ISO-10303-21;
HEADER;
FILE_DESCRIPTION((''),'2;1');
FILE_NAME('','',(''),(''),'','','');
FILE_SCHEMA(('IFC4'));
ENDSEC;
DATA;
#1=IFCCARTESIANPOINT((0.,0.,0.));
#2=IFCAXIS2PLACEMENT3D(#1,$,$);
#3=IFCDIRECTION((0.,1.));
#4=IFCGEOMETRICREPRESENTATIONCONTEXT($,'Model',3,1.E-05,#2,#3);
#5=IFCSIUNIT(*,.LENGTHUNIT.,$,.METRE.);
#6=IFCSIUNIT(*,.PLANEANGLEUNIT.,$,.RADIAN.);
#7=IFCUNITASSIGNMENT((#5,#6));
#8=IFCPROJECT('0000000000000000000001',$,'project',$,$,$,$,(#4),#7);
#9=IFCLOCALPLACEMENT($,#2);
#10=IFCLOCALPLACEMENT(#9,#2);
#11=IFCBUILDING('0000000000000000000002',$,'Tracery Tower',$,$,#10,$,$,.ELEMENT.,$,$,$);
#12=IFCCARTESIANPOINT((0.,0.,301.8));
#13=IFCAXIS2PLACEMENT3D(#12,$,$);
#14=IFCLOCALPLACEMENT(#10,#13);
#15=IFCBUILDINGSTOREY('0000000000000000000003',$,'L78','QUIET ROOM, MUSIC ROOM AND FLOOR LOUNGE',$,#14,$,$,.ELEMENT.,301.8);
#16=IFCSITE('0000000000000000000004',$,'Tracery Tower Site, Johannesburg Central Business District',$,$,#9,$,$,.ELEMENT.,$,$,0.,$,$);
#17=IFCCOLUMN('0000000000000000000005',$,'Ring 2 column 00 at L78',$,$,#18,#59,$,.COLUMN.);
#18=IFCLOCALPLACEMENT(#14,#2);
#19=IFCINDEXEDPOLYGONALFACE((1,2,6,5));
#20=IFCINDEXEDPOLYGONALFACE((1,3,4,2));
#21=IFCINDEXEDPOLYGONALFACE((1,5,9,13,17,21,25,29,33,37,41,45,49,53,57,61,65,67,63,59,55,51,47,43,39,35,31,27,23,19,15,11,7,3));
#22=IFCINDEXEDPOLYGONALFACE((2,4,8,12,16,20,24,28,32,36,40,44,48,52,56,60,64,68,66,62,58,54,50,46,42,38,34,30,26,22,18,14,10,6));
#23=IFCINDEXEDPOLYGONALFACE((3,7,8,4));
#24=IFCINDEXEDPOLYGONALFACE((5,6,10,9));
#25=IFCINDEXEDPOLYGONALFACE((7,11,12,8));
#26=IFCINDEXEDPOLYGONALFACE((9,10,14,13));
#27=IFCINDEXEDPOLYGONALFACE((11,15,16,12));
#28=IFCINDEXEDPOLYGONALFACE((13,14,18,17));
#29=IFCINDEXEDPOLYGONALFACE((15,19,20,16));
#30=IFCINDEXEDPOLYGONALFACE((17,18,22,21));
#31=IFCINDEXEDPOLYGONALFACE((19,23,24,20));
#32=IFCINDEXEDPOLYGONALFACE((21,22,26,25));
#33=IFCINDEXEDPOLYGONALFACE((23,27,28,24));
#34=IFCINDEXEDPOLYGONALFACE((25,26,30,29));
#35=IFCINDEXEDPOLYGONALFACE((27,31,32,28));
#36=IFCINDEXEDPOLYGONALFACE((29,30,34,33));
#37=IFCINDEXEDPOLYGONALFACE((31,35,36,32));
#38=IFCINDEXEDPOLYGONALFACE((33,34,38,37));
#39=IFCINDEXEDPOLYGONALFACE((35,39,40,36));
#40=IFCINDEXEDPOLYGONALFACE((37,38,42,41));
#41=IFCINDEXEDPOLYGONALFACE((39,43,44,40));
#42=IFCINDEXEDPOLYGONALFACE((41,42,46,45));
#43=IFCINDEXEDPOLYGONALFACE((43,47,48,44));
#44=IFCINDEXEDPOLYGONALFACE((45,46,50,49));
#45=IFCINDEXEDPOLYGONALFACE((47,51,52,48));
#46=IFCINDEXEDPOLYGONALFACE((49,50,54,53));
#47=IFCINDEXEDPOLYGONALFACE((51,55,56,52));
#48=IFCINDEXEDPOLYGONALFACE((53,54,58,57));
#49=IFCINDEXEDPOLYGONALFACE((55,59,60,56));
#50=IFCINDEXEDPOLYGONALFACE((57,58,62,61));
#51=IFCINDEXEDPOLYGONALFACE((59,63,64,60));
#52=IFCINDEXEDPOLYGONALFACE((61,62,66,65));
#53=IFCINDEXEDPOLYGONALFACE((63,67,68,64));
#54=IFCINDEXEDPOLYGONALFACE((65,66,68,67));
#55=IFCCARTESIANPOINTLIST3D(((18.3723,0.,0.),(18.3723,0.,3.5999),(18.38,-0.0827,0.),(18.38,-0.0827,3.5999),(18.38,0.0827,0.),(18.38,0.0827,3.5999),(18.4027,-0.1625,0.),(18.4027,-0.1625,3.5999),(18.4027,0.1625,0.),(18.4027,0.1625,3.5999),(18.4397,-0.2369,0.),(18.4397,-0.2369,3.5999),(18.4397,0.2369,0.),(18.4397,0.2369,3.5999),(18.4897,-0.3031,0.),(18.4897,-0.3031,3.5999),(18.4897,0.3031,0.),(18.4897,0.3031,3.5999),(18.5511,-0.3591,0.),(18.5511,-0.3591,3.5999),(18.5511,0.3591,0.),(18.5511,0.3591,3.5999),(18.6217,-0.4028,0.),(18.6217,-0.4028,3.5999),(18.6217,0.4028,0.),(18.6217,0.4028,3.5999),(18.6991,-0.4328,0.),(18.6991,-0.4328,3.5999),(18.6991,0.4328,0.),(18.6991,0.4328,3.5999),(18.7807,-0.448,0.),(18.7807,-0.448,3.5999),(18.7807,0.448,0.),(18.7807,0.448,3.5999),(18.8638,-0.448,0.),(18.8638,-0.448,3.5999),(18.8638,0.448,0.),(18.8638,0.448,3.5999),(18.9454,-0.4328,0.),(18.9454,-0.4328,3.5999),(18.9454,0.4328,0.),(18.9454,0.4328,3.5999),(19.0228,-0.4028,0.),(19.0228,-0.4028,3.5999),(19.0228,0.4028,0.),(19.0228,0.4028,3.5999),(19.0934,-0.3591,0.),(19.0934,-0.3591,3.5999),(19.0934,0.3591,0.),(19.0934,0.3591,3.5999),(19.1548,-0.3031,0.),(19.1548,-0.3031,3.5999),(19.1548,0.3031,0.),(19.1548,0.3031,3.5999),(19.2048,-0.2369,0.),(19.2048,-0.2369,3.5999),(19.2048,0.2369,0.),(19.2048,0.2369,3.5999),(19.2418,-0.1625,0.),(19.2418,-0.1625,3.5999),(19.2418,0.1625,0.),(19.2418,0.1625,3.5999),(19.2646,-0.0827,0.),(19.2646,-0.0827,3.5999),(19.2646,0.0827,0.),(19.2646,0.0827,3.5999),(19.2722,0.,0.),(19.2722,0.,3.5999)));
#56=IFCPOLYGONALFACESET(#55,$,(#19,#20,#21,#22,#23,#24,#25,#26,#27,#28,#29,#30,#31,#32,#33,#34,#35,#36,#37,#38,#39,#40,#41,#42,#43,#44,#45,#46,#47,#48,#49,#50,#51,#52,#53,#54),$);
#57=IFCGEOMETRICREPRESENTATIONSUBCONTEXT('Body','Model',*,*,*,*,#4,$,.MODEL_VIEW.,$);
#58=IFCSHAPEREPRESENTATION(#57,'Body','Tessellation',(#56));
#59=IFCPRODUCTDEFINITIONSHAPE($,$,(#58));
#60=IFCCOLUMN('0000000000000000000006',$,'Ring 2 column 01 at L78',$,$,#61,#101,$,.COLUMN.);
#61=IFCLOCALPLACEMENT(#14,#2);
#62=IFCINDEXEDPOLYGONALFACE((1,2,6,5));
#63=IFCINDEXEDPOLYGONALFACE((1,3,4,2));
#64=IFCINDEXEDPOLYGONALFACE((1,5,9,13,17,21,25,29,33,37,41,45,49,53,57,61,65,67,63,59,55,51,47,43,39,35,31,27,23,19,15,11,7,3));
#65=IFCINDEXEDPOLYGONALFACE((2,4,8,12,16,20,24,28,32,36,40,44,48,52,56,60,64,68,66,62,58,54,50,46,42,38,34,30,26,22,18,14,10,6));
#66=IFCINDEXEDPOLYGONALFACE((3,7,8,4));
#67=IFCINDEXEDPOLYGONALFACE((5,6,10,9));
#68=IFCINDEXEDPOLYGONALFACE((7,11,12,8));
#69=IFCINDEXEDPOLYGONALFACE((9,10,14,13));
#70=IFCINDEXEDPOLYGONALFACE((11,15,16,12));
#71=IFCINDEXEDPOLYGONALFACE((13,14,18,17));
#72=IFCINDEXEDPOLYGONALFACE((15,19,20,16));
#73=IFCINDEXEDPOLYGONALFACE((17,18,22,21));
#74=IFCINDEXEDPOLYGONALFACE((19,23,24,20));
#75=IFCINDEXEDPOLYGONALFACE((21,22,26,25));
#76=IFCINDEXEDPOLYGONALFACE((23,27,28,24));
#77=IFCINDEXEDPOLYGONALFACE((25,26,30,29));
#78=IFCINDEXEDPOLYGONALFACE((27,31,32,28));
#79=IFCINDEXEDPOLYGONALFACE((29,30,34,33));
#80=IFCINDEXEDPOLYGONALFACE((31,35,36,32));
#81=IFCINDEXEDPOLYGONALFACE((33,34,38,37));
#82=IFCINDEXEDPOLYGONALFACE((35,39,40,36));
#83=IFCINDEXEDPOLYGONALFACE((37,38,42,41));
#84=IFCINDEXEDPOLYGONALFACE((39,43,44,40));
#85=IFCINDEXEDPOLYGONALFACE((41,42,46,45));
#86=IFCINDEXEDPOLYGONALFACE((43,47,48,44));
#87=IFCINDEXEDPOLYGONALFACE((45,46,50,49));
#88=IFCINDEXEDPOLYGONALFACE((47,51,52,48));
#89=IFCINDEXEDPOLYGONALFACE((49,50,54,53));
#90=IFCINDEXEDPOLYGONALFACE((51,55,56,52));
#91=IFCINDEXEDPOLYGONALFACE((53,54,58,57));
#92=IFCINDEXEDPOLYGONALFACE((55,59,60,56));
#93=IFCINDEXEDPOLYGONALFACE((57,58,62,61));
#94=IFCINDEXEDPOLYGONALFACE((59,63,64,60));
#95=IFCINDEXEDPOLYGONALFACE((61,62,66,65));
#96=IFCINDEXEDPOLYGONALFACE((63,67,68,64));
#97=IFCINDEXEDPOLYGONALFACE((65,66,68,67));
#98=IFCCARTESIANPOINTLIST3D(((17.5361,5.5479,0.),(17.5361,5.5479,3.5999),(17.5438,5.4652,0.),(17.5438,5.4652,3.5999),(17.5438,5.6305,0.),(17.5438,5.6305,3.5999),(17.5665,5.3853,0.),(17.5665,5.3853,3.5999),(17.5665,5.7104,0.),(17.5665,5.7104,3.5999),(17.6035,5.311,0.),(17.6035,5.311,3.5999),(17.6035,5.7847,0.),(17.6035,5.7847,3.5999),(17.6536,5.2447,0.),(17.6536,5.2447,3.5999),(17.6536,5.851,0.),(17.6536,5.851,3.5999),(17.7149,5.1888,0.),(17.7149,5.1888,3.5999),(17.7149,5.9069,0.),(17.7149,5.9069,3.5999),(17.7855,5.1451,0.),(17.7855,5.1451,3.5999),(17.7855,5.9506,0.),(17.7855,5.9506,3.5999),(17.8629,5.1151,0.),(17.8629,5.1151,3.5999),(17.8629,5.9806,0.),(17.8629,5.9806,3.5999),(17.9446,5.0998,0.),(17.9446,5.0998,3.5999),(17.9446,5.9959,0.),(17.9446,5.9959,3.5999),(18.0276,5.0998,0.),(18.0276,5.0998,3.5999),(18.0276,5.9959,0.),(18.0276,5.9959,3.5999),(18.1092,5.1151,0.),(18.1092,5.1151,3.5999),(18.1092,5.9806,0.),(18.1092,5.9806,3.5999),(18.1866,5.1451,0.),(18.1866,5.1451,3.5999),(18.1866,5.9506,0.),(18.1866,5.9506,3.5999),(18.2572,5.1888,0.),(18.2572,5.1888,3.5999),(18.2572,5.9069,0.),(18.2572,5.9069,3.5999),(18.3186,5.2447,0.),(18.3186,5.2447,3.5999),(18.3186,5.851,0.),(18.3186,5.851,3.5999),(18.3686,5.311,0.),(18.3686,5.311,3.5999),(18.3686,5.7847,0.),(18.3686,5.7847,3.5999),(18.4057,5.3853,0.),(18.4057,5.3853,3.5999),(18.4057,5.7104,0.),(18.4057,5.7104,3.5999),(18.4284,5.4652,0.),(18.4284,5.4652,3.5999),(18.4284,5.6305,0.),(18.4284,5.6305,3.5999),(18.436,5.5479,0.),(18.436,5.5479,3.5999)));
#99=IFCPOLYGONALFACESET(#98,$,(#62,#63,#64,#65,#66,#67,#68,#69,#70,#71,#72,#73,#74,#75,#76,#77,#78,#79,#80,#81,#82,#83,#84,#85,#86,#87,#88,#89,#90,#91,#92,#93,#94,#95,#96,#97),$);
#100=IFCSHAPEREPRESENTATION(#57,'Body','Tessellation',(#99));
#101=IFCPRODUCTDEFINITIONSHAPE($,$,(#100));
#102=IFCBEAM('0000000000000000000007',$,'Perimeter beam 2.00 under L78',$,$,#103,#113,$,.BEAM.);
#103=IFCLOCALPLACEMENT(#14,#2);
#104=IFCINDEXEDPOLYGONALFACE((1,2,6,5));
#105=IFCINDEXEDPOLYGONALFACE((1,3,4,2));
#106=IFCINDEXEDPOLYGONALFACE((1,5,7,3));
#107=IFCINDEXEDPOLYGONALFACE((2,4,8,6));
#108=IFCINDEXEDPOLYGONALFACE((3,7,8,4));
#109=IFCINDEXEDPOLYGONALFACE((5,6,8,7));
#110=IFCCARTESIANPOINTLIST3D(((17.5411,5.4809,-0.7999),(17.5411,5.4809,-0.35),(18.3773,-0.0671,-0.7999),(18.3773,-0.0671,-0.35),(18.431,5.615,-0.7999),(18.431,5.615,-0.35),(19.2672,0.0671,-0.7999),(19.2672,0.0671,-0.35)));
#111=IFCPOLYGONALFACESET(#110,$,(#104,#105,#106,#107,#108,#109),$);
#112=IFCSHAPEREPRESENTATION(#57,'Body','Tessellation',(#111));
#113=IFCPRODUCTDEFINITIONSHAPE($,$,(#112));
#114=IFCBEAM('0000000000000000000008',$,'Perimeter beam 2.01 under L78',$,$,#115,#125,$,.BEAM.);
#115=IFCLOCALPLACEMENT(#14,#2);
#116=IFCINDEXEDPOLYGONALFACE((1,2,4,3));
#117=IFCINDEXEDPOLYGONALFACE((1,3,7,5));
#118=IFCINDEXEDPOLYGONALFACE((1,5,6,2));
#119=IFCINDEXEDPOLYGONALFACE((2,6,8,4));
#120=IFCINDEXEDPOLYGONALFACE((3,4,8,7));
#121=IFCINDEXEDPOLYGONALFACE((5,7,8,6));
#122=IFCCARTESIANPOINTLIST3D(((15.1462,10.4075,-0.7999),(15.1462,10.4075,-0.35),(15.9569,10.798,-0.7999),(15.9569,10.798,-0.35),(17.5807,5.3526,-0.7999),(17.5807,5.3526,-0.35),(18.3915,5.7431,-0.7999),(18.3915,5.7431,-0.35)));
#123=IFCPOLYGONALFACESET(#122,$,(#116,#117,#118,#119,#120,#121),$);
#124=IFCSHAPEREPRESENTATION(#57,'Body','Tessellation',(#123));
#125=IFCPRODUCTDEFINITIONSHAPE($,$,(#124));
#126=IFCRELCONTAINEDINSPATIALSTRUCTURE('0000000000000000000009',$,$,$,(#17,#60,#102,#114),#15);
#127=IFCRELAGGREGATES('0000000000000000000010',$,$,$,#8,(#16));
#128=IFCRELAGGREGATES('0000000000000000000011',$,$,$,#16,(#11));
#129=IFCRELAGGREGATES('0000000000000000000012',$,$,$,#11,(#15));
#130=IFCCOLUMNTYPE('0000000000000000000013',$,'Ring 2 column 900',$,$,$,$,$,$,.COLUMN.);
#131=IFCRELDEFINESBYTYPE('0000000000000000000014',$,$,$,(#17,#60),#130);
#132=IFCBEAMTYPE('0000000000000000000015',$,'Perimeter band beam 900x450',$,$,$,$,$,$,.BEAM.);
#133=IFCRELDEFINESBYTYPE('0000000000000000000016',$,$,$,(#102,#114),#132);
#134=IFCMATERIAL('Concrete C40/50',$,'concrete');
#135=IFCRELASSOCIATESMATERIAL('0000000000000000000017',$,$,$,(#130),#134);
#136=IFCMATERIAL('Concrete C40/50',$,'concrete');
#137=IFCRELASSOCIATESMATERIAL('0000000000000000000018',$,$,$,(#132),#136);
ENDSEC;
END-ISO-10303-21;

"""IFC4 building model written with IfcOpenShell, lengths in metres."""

from ifc_helpers import new_model, si_unit, direction, frame, origin, origin_2d, place, context, subcontext, project, spatial, rectangle, circle, extrude, material, material_profile, profile_set, type_object, element, save


model = new_model("IFC4")

# Units and contexts
model_context = context("Model", 3, precision=1e-05, world=origin(), true_north=direction((0.0, 1.0)))
body_context = subcontext(model_context, "Body", "Model", "MODEL_VIEW")
ifc_project = project(units=[si_unit("LENGTHUNIT", "METRE"), si_unit("PLANEANGLEUNIT", "RADIAN")], contexts=[model_context])

# Site, building, storey
site_placement = place(None, origin())
site = spatial("IfcSite", under=ifc_project, at=site_placement, Name="Tracery Tower Site, Johannesburg Central Business District", CompositionType="ELEMENT", RefElevation=0.0)
building_placement = place(site_placement, origin())
building = spatial("IfcBuilding", under=site, at=building_placement, Name="Tracery Tower", CompositionType="ELEMENT")
storey_placement = place(building_placement, frame((0.0, 0.0, 301.8)))
storey = spatial("IfcBuildingStorey", under=building, at=storey_placement, Name="L78", Description="QUIET ROOM, MUSIC ROOM AND FLOOR LOUNGE", CompositionType="ELEMENT", Elevation=301.8)

# Columns
ifc_material_1 = material(Name="Concrete C40/50", Category="concrete")
ifc_material_profile_1 = material_profile(ifc_material_1, circle(Radius=0.45, at=origin_2d()), Name="RC D900")
ifc_profile_set_1 = profile_set([ifc_material_profile_1], Name="Concrete C40/50")
column_type = type_object("IfcColumnType", Name="Ring 2 column 900", PredefinedType="COLUMN", material=ifc_profile_set_1)
for number, where, z_axis, x_axis, name in (
    (1, (18.8223, 0.0, 0.0), (0.0, 0.0, 1.0), (1.0, 0.0, 0.0), "Ring 2 column 00 at L78"),
    (2, (17.9861, 5.5479, 0.0), (0.0, 0.0, 1.0), (1.0, 0.0, 0.0), "Ring 2 column 01 at L78"),
):
    element("IfcColumn", number, at=place(storey_placement, frame(where, z_axis=z_axis, x_axis=x_axis)), inside=storey, type_object=column_type, Name=name, PredefinedType="COLUMN", context=body_context, shape_type="SweptSolid", body=[
        extrude(circle(Radius=0.45, at=origin_2d()), origin(), (0.0, 0.0, 1.0), 3.5999),
    ])

# Beams
ifc_material_2 = material(Name="Concrete C40/50", Category="concrete")
ifc_material_profile_2 = material_profile(ifc_material_2, rectangle(XDim=0.8999, YDim=0.45, at=origin_2d()), Name="RC 900x450")
ifc_profile_set_2 = profile_set([ifc_material_profile_2], Name="Concrete C40/50")
beam_type = type_object("IfcBeamType", Name="Perimeter band beam 900x450", PredefinedType="BEAM", material=ifc_profile_set_2)
for number, where, z_axis, x_axis, name in (
    (3, (18.8223, 0.0, -0.575), (-0.149038, 0.988831, 0.0), (-0.988831, -0.149038, 0.0), "Perimeter beam 2.00 under L78"),
    (4, (17.9861, 5.5479, -0.575), (-0.433919, 0.900952, 0.0), (-0.900952, -0.433919, 0.0), "Perimeter beam 2.01 under L78"),
):
    element("IfcBeam", number, at=place(storey_placement, frame(where, z_axis=z_axis, x_axis=x_axis)), inside=storey, type_object=beam_type, Name=name, PredefinedType="BEAM", context=body_context, shape_type="SweptSolid", body=[
        extrude(rectangle(XDim=0.8999, YDim=0.45, at=origin_2d()), origin(), (0.0, 0.0, 1.0), 5.6106),
    ])

save(model, "model.ifc")
